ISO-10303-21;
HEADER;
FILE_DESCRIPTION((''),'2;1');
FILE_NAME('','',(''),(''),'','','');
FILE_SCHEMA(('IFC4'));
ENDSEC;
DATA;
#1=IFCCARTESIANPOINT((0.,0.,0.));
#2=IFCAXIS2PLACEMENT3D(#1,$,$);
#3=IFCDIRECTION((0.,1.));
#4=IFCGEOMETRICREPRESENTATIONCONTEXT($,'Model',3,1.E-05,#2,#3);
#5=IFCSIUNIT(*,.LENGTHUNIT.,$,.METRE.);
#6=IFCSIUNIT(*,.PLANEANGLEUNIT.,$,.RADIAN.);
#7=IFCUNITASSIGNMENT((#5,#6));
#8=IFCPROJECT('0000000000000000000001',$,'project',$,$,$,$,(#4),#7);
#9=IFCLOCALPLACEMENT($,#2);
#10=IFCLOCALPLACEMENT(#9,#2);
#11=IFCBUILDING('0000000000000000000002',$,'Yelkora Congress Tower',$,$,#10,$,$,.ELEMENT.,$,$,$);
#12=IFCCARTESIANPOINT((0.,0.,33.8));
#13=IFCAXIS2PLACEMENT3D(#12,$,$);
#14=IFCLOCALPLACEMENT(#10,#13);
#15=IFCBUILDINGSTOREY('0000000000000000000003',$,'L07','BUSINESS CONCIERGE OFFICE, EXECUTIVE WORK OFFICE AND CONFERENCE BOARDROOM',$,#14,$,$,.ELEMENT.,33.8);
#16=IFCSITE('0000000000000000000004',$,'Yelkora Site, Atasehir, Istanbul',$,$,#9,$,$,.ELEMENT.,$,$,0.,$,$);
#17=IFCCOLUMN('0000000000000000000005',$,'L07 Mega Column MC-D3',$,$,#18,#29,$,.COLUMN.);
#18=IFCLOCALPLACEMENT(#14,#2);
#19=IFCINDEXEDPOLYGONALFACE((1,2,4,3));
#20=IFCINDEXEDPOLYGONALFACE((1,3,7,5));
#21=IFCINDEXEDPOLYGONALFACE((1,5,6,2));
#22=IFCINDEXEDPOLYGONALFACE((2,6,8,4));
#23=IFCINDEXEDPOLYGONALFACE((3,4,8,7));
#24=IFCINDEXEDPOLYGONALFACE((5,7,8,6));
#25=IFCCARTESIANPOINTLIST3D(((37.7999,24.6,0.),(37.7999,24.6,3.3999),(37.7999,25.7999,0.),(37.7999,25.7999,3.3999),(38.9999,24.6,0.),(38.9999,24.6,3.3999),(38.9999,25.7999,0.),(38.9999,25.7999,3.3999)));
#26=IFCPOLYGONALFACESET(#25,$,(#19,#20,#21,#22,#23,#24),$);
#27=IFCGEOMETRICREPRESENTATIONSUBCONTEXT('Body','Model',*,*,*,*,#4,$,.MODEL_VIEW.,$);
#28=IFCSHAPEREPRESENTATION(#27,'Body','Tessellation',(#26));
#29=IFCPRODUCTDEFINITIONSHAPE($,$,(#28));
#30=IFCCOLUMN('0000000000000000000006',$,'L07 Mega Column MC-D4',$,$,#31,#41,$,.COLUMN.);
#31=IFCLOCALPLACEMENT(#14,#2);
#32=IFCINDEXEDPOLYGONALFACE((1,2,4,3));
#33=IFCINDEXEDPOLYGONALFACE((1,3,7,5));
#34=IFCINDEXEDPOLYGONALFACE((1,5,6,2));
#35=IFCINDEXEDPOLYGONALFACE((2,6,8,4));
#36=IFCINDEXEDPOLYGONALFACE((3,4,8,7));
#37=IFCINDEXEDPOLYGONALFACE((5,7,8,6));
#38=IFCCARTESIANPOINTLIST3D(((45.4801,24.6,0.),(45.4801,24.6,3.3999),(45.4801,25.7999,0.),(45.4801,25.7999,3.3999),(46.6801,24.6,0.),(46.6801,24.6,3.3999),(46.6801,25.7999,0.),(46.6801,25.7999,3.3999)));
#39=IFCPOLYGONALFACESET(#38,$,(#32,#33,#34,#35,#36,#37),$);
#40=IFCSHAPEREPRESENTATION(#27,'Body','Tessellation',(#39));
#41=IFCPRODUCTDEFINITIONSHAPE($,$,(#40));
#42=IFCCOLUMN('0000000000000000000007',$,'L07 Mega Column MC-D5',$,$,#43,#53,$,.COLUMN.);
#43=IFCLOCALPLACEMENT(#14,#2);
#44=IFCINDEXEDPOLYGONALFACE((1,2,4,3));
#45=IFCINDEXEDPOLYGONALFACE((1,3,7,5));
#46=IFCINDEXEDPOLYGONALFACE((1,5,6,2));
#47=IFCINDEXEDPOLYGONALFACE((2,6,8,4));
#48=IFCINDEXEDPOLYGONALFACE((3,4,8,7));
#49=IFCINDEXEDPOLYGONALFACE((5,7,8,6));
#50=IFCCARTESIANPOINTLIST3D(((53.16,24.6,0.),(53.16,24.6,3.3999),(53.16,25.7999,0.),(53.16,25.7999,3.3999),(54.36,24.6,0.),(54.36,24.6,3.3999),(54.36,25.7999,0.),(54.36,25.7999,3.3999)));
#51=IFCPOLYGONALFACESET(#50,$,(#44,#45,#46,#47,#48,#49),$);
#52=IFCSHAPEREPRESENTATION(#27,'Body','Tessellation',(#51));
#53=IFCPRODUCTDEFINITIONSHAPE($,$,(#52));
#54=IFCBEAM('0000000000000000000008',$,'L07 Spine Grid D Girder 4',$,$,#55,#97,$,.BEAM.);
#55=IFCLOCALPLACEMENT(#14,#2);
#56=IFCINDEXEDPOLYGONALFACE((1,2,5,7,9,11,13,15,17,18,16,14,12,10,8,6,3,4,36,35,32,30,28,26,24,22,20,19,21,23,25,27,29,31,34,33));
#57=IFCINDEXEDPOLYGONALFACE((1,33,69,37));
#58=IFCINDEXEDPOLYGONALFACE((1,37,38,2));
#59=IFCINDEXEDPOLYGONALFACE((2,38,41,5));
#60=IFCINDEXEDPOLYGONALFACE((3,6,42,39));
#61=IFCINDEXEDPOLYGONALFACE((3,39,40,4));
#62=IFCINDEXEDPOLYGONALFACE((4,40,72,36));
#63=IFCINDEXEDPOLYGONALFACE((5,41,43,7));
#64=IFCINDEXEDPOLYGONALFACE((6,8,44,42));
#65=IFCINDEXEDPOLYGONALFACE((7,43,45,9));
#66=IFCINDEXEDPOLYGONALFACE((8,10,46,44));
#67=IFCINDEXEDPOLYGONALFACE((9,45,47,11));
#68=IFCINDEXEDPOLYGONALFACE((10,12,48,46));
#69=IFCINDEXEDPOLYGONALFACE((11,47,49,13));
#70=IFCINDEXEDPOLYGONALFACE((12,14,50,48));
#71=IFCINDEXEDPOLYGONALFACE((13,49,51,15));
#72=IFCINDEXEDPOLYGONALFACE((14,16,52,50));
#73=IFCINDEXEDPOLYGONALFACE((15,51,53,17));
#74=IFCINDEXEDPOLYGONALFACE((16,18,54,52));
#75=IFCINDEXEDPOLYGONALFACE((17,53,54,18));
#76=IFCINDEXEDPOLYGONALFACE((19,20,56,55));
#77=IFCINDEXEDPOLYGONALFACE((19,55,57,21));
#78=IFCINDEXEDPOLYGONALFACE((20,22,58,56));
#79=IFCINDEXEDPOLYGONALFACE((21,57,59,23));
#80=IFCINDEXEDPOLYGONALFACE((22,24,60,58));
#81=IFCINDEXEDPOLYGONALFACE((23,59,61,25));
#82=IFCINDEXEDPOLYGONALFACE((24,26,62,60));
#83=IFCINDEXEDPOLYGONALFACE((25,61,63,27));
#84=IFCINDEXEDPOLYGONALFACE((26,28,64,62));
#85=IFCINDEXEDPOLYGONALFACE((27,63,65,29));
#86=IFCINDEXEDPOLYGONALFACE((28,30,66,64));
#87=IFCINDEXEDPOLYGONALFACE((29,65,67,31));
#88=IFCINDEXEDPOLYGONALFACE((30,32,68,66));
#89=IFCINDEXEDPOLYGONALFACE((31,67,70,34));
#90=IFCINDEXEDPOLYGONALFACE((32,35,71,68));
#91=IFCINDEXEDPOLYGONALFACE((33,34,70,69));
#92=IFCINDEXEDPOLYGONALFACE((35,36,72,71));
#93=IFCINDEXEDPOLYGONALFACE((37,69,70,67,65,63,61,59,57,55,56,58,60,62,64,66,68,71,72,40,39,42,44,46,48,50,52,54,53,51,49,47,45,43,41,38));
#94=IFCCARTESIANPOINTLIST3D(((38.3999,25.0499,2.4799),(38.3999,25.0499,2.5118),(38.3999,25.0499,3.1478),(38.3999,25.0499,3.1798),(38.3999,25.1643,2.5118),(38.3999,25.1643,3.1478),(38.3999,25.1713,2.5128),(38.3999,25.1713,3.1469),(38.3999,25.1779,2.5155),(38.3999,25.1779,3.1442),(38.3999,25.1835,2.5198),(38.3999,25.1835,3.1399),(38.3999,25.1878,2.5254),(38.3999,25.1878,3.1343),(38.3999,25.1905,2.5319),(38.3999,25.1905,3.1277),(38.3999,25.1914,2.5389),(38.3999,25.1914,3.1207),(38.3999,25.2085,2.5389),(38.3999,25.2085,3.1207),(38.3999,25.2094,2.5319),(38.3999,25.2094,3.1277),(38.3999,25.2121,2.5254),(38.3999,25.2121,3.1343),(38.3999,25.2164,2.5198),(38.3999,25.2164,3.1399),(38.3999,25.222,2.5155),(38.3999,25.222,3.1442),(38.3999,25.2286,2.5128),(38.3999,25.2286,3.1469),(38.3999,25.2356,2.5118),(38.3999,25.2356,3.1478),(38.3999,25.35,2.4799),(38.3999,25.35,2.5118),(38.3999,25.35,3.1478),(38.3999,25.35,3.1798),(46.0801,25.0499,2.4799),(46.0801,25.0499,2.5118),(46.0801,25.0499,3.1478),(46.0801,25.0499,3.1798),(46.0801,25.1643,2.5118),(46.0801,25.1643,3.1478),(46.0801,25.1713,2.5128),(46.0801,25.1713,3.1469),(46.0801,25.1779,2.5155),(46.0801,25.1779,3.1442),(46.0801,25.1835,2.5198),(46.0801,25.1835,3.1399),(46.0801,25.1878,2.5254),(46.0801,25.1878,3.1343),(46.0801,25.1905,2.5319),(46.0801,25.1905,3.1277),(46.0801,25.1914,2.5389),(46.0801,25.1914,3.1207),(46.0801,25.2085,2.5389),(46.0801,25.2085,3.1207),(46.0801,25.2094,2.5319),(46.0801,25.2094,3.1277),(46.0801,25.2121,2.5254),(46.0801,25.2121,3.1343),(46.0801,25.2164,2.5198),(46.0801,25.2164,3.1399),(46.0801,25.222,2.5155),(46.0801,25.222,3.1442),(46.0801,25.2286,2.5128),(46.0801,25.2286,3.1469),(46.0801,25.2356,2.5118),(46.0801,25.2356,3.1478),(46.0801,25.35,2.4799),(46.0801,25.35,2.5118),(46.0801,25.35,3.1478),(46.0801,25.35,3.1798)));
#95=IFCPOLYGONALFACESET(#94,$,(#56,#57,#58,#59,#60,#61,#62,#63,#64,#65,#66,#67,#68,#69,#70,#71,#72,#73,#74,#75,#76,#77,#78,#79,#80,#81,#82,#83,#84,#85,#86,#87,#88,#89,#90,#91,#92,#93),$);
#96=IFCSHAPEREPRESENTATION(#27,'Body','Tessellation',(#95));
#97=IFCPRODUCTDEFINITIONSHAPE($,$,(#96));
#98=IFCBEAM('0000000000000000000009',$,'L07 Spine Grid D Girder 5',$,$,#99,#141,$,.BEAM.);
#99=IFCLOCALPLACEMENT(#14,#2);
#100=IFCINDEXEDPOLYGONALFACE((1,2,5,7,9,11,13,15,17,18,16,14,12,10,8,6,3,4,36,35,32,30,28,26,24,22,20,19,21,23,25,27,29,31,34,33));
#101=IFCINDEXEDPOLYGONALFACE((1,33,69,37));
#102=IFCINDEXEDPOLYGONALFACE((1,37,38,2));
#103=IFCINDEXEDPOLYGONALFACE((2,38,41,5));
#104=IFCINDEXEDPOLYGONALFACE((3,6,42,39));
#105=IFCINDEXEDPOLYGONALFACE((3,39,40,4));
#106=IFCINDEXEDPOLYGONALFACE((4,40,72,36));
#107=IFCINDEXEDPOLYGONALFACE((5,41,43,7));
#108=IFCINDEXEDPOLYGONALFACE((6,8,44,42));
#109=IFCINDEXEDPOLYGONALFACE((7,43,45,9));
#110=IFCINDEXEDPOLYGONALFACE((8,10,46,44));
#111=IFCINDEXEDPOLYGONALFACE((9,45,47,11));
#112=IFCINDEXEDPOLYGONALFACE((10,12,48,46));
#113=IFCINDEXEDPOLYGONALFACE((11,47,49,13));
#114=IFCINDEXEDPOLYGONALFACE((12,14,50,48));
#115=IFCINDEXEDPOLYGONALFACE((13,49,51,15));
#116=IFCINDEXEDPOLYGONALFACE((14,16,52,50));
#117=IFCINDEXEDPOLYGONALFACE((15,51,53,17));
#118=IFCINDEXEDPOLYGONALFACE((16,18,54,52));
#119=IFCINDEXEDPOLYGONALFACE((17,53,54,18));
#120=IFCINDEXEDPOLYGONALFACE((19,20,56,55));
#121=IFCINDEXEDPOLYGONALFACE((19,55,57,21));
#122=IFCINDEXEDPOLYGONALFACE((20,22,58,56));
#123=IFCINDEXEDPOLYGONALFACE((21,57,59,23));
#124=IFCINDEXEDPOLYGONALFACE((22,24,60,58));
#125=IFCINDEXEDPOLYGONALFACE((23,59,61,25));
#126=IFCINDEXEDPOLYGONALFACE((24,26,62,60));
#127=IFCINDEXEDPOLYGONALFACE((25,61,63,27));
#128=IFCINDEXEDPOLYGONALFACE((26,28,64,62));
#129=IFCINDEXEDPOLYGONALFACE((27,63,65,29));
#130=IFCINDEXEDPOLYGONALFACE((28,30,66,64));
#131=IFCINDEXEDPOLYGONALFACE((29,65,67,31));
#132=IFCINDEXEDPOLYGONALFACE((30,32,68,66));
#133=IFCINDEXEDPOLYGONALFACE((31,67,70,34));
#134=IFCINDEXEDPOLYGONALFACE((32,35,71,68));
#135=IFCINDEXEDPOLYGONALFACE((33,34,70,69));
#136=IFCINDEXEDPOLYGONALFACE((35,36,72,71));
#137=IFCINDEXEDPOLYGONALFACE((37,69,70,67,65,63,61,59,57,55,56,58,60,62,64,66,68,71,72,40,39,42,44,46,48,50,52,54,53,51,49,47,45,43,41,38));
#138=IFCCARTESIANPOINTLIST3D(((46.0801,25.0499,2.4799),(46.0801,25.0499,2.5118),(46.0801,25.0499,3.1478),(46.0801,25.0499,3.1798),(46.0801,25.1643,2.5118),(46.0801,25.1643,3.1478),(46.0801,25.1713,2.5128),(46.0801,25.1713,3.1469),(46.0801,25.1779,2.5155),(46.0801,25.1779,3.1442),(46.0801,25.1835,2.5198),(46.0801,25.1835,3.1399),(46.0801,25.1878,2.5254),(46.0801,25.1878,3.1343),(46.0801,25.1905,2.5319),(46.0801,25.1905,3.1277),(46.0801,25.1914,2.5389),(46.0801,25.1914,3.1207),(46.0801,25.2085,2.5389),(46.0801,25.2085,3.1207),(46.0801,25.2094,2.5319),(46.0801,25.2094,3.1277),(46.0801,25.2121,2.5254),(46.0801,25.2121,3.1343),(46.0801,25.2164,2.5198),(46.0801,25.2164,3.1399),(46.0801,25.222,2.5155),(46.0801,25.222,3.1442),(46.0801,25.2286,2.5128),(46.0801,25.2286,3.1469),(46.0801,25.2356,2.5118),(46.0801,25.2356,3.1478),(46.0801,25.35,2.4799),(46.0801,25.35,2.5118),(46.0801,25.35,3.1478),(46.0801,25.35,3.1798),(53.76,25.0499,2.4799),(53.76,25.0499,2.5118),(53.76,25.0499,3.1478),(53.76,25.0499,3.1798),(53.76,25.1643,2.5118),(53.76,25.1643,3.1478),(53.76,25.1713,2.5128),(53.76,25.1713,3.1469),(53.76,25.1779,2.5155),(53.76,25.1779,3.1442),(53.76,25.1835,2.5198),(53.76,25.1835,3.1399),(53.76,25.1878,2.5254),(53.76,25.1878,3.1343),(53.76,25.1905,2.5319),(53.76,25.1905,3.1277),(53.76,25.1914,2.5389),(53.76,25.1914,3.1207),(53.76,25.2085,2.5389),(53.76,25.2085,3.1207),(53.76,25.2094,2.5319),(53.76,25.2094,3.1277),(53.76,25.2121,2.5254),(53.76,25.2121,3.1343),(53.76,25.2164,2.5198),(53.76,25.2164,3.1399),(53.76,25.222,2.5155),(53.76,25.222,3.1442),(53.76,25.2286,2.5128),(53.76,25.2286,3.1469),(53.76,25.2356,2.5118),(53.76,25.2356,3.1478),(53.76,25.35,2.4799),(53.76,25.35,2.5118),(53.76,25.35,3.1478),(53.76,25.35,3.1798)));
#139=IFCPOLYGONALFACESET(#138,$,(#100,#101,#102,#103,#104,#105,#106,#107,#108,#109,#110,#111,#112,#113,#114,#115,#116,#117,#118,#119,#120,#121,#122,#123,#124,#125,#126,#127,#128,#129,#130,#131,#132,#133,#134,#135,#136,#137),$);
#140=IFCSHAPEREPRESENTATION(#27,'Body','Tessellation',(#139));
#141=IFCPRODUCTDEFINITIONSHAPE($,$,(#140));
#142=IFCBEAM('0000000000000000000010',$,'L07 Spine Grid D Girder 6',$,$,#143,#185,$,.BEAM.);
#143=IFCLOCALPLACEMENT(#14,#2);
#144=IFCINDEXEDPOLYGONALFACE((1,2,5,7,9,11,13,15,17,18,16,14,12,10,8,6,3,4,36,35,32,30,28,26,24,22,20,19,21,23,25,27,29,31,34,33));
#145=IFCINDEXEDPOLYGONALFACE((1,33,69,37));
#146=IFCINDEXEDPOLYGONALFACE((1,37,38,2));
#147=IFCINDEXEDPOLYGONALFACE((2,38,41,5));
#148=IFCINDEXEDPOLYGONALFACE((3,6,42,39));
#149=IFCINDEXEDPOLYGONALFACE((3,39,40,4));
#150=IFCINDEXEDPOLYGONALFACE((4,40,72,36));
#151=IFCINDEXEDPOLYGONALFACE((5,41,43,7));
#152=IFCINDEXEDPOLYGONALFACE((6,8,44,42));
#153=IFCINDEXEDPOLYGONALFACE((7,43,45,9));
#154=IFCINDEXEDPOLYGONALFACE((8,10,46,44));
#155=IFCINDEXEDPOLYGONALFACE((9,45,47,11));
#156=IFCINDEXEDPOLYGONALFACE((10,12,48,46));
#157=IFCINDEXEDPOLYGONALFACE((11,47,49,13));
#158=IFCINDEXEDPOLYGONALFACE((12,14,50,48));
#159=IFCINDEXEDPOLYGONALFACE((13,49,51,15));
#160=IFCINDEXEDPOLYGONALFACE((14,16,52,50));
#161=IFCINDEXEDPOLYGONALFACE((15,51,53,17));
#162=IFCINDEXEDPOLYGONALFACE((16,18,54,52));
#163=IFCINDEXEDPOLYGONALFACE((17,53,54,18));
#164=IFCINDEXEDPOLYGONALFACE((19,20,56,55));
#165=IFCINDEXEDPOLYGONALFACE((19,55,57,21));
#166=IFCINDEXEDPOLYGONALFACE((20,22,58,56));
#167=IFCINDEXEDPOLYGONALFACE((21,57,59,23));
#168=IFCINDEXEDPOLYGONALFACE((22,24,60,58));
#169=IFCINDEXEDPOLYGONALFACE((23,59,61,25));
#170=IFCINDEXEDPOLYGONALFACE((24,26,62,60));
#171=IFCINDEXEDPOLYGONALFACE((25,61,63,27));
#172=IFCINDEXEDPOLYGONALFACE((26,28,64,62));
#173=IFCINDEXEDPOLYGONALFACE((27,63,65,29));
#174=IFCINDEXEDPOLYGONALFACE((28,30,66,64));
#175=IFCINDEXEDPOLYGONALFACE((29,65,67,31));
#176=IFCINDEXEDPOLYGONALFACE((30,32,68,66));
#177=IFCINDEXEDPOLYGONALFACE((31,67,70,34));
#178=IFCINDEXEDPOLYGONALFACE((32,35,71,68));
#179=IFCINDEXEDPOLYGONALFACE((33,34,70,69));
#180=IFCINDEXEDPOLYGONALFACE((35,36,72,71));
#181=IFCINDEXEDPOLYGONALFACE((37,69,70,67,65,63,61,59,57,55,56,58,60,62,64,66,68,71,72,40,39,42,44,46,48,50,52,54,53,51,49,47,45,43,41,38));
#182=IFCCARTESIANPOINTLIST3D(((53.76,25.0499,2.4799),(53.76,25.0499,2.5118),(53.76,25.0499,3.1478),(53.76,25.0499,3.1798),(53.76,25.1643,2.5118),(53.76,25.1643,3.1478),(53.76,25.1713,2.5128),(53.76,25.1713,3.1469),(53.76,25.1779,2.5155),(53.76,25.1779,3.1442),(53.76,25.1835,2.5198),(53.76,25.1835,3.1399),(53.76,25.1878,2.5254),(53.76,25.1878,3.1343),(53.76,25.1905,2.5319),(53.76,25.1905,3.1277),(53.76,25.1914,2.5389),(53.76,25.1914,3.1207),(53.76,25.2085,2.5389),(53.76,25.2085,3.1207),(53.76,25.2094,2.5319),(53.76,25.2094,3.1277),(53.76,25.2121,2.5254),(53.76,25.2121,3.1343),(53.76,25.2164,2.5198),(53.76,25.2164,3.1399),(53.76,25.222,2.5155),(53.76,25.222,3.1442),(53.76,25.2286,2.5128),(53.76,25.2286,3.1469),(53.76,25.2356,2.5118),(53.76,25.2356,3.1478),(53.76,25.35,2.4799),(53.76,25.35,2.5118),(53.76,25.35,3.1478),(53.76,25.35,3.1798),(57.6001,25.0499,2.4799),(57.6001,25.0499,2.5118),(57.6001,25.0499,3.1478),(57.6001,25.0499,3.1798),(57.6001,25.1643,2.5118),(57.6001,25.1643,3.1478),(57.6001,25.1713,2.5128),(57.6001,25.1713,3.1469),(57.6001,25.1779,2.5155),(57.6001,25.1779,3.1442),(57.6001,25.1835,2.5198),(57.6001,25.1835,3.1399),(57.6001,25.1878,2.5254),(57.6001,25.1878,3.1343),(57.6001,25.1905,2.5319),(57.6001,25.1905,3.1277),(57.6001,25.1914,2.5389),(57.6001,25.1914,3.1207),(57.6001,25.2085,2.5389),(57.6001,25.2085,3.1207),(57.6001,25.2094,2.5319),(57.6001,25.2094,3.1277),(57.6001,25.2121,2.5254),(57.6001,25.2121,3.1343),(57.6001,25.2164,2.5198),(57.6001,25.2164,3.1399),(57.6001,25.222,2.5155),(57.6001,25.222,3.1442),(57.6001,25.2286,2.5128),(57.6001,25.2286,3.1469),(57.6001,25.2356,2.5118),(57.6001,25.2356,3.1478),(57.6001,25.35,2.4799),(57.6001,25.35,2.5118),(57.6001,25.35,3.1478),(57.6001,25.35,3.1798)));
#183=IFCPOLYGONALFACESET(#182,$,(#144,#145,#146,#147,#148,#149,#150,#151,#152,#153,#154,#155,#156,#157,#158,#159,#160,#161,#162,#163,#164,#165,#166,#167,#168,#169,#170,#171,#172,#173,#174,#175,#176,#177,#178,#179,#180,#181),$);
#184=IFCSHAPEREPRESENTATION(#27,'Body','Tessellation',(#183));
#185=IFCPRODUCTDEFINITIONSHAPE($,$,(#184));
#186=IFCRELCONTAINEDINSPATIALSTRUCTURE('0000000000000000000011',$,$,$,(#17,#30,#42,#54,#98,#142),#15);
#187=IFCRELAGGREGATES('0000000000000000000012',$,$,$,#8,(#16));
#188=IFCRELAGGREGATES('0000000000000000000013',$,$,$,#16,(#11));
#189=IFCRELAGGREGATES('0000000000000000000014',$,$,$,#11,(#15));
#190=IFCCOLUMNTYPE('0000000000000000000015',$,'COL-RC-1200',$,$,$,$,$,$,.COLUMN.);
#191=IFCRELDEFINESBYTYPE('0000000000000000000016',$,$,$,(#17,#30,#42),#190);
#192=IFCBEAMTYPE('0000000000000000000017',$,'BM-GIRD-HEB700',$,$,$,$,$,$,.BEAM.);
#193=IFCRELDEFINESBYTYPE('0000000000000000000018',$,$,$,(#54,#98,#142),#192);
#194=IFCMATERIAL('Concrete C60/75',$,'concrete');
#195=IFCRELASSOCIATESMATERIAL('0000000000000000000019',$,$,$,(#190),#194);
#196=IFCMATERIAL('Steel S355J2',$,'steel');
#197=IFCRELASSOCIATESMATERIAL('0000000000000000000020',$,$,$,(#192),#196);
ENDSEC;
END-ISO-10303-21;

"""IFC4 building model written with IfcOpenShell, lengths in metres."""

from ifc_helpers import new_model, si_unit, direction, frame, origin, origin_2d, place, context, subcontext, project, spatial, rectangle, i_section, extrude, material, material_profile, profile_set, type_object, element, save


model = new_model("IFC4")

# Units and contexts
model_context = context("Model", 3, precision=1e-05, world=origin(), true_north=direction((0.0, 1.0)))
body_context = subcontext(model_context, "Body", "Model", "MODEL_VIEW")
ifc_project = project(units=[si_unit("LENGTHUNIT", "METRE"), si_unit("PLANEANGLEUNIT", "RADIAN")], contexts=[model_context])

# Site, building, storey
site_placement = place(None, origin())
site = spatial("IfcSite", under=ifc_project, at=site_placement, Name="Yelkora Site, Atasehir, Istanbul", CompositionType="ELEMENT", RefElevation=0.0)
building_placement = place(site_placement, origin())
building = spatial("IfcBuilding", under=site, at=building_placement, Name="Yelkora Congress Tower", CompositionType="ELEMENT")
storey_placement = place(building_placement, frame((0.0, 0.0, 33.8)))
storey = spatial("IfcBuildingStorey", under=building, at=storey_placement, Name="L07", Description="BUSINESS CONCIERGE OFFICE, EXECUTIVE WORK OFFICE AND CONFERENCE BOARDROOM", CompositionType="ELEMENT", Elevation=33.8)

# Columns
ifc_material_1 = material(Name="Concrete C60/75", Category="concrete")
ifc_material_profile_1 = material_profile(ifc_material_1, rectangle(XDim=1.2, YDim=1.2, at=origin_2d()), Name="RC 1200x1200")
ifc_profile_set_1 = profile_set([ifc_material_profile_1], Name="Concrete C60/75")
column_type = type_object("IfcColumnType", Name="COL-RC-1200", PredefinedType="COLUMN", material=ifc_profile_set_1)
for number, where, z_axis, x_axis, name in (
    (1, (38.3999, 25.2, 0.0), (0.0, 0.0, 1.0), (1.0, 0.0, 0.0), "L07 Mega Column MC-D3"),
    (2, (46.0801, 25.2, 0.0), (0.0, 0.0, 1.0), (1.0, 0.0, 0.0), "L07 Mega Column MC-D4"),
    (3, (53.76, 25.2, 0.0), (0.0, 0.0, 1.0), (1.0, 0.0, 0.0), "L07 Mega Column MC-D5"),
):
    element("IfcColumn", number, at=place(storey_placement, frame(where, z_axis=z_axis, x_axis=x_axis)), inside=storey, type_object=column_type, Name=name, PredefinedType="COLUMN", context=body_context, shape_type="SweptSolid", body=[
        extrude(rectangle(XDim=1.2, YDim=1.2, at=origin_2d()), origin(), (0.0, 0.0, 1.0), 3.3999),
    ])

# Beams
ifc_material_2 = material(Name="Steel S355J2", Category="steel")
ifc_material_profile_2 = material_profile(ifc_material_2, i_section(OverallWidth=0.3, OverallDepth=0.7, WebThickness=0.0171, FlangeThickness=0.032, FilletRadius=0.0271, at=origin_2d()), Name="HEB 700")
ifc_profile_set_2 = profile_set([ifc_material_profile_2], Name="Steel S355J2")
beam_type_1 = type_object("IfcBeamType", Name="BM-GIRD-HEB700", PredefinedType="BEAM", material=ifc_profile_set_2)
beam_1_placement = place(storey_placement, frame((38.3999, 25.2, 2.8298), z_axis=(1.0, 0.0, 0.0), x_axis=(0.0, 1.0, 0.0)))
element("IfcBeam", 4, at=beam_1_placement, inside=storey, type_object=beam_type_1, Name="L07 Spine Grid D Girder 4", PredefinedType="BEAM", context=body_context, shape_type="SweptSolid", body=[
    extrude(i_section(OverallWidth=0.3, OverallDepth=0.7, WebThickness=0.0171, FlangeThickness=0.032, FilletRadius=0.0271, at=origin_2d()), origin(), (0.0, 0.0, 1.0), 7.6802),
])
beam_2_placement = place(storey_placement, frame((46.0801, 25.2, 2.8298), z_axis=(1.0, 0.0, 0.0), x_axis=(0.0, 1.0, 0.0)))
element("IfcBeam", 5, at=beam_2_placement, inside=storey, type_object=beam_type_1, Name="L07 Spine Grid D Girder 5", PredefinedType="BEAM", context=body_context, shape_type="SweptSolid", body=[
    extrude(i_section(OverallWidth=0.3, OverallDepth=0.7, WebThickness=0.0171, FlangeThickness=0.032, FilletRadius=0.0271, at=origin_2d()), origin(), (0.0, 0.0, 1.0), 7.6799),
])
beam_3_placement = place(storey_placement, frame((53.76, 25.2, 2.8298), z_axis=(1.0, 0.0, 0.0), x_axis=(0.0, 1.0, 0.0)))
element("IfcBeam", 6, at=beam_3_placement, inside=storey, type_object=beam_type_1, Name="L07 Spine Grid D Girder 6", PredefinedType="BEAM", context=body_context, shape_type="SweptSolid", body=[
    extrude(i_section(OverallWidth=0.3, OverallDepth=0.7, WebThickness=0.0171, FlangeThickness=0.032, FilletRadius=0.0271, at=origin_2d()), origin(), (0.0, 0.0, 1.0), 3.8401),
])

save(model, "model.ifc")
